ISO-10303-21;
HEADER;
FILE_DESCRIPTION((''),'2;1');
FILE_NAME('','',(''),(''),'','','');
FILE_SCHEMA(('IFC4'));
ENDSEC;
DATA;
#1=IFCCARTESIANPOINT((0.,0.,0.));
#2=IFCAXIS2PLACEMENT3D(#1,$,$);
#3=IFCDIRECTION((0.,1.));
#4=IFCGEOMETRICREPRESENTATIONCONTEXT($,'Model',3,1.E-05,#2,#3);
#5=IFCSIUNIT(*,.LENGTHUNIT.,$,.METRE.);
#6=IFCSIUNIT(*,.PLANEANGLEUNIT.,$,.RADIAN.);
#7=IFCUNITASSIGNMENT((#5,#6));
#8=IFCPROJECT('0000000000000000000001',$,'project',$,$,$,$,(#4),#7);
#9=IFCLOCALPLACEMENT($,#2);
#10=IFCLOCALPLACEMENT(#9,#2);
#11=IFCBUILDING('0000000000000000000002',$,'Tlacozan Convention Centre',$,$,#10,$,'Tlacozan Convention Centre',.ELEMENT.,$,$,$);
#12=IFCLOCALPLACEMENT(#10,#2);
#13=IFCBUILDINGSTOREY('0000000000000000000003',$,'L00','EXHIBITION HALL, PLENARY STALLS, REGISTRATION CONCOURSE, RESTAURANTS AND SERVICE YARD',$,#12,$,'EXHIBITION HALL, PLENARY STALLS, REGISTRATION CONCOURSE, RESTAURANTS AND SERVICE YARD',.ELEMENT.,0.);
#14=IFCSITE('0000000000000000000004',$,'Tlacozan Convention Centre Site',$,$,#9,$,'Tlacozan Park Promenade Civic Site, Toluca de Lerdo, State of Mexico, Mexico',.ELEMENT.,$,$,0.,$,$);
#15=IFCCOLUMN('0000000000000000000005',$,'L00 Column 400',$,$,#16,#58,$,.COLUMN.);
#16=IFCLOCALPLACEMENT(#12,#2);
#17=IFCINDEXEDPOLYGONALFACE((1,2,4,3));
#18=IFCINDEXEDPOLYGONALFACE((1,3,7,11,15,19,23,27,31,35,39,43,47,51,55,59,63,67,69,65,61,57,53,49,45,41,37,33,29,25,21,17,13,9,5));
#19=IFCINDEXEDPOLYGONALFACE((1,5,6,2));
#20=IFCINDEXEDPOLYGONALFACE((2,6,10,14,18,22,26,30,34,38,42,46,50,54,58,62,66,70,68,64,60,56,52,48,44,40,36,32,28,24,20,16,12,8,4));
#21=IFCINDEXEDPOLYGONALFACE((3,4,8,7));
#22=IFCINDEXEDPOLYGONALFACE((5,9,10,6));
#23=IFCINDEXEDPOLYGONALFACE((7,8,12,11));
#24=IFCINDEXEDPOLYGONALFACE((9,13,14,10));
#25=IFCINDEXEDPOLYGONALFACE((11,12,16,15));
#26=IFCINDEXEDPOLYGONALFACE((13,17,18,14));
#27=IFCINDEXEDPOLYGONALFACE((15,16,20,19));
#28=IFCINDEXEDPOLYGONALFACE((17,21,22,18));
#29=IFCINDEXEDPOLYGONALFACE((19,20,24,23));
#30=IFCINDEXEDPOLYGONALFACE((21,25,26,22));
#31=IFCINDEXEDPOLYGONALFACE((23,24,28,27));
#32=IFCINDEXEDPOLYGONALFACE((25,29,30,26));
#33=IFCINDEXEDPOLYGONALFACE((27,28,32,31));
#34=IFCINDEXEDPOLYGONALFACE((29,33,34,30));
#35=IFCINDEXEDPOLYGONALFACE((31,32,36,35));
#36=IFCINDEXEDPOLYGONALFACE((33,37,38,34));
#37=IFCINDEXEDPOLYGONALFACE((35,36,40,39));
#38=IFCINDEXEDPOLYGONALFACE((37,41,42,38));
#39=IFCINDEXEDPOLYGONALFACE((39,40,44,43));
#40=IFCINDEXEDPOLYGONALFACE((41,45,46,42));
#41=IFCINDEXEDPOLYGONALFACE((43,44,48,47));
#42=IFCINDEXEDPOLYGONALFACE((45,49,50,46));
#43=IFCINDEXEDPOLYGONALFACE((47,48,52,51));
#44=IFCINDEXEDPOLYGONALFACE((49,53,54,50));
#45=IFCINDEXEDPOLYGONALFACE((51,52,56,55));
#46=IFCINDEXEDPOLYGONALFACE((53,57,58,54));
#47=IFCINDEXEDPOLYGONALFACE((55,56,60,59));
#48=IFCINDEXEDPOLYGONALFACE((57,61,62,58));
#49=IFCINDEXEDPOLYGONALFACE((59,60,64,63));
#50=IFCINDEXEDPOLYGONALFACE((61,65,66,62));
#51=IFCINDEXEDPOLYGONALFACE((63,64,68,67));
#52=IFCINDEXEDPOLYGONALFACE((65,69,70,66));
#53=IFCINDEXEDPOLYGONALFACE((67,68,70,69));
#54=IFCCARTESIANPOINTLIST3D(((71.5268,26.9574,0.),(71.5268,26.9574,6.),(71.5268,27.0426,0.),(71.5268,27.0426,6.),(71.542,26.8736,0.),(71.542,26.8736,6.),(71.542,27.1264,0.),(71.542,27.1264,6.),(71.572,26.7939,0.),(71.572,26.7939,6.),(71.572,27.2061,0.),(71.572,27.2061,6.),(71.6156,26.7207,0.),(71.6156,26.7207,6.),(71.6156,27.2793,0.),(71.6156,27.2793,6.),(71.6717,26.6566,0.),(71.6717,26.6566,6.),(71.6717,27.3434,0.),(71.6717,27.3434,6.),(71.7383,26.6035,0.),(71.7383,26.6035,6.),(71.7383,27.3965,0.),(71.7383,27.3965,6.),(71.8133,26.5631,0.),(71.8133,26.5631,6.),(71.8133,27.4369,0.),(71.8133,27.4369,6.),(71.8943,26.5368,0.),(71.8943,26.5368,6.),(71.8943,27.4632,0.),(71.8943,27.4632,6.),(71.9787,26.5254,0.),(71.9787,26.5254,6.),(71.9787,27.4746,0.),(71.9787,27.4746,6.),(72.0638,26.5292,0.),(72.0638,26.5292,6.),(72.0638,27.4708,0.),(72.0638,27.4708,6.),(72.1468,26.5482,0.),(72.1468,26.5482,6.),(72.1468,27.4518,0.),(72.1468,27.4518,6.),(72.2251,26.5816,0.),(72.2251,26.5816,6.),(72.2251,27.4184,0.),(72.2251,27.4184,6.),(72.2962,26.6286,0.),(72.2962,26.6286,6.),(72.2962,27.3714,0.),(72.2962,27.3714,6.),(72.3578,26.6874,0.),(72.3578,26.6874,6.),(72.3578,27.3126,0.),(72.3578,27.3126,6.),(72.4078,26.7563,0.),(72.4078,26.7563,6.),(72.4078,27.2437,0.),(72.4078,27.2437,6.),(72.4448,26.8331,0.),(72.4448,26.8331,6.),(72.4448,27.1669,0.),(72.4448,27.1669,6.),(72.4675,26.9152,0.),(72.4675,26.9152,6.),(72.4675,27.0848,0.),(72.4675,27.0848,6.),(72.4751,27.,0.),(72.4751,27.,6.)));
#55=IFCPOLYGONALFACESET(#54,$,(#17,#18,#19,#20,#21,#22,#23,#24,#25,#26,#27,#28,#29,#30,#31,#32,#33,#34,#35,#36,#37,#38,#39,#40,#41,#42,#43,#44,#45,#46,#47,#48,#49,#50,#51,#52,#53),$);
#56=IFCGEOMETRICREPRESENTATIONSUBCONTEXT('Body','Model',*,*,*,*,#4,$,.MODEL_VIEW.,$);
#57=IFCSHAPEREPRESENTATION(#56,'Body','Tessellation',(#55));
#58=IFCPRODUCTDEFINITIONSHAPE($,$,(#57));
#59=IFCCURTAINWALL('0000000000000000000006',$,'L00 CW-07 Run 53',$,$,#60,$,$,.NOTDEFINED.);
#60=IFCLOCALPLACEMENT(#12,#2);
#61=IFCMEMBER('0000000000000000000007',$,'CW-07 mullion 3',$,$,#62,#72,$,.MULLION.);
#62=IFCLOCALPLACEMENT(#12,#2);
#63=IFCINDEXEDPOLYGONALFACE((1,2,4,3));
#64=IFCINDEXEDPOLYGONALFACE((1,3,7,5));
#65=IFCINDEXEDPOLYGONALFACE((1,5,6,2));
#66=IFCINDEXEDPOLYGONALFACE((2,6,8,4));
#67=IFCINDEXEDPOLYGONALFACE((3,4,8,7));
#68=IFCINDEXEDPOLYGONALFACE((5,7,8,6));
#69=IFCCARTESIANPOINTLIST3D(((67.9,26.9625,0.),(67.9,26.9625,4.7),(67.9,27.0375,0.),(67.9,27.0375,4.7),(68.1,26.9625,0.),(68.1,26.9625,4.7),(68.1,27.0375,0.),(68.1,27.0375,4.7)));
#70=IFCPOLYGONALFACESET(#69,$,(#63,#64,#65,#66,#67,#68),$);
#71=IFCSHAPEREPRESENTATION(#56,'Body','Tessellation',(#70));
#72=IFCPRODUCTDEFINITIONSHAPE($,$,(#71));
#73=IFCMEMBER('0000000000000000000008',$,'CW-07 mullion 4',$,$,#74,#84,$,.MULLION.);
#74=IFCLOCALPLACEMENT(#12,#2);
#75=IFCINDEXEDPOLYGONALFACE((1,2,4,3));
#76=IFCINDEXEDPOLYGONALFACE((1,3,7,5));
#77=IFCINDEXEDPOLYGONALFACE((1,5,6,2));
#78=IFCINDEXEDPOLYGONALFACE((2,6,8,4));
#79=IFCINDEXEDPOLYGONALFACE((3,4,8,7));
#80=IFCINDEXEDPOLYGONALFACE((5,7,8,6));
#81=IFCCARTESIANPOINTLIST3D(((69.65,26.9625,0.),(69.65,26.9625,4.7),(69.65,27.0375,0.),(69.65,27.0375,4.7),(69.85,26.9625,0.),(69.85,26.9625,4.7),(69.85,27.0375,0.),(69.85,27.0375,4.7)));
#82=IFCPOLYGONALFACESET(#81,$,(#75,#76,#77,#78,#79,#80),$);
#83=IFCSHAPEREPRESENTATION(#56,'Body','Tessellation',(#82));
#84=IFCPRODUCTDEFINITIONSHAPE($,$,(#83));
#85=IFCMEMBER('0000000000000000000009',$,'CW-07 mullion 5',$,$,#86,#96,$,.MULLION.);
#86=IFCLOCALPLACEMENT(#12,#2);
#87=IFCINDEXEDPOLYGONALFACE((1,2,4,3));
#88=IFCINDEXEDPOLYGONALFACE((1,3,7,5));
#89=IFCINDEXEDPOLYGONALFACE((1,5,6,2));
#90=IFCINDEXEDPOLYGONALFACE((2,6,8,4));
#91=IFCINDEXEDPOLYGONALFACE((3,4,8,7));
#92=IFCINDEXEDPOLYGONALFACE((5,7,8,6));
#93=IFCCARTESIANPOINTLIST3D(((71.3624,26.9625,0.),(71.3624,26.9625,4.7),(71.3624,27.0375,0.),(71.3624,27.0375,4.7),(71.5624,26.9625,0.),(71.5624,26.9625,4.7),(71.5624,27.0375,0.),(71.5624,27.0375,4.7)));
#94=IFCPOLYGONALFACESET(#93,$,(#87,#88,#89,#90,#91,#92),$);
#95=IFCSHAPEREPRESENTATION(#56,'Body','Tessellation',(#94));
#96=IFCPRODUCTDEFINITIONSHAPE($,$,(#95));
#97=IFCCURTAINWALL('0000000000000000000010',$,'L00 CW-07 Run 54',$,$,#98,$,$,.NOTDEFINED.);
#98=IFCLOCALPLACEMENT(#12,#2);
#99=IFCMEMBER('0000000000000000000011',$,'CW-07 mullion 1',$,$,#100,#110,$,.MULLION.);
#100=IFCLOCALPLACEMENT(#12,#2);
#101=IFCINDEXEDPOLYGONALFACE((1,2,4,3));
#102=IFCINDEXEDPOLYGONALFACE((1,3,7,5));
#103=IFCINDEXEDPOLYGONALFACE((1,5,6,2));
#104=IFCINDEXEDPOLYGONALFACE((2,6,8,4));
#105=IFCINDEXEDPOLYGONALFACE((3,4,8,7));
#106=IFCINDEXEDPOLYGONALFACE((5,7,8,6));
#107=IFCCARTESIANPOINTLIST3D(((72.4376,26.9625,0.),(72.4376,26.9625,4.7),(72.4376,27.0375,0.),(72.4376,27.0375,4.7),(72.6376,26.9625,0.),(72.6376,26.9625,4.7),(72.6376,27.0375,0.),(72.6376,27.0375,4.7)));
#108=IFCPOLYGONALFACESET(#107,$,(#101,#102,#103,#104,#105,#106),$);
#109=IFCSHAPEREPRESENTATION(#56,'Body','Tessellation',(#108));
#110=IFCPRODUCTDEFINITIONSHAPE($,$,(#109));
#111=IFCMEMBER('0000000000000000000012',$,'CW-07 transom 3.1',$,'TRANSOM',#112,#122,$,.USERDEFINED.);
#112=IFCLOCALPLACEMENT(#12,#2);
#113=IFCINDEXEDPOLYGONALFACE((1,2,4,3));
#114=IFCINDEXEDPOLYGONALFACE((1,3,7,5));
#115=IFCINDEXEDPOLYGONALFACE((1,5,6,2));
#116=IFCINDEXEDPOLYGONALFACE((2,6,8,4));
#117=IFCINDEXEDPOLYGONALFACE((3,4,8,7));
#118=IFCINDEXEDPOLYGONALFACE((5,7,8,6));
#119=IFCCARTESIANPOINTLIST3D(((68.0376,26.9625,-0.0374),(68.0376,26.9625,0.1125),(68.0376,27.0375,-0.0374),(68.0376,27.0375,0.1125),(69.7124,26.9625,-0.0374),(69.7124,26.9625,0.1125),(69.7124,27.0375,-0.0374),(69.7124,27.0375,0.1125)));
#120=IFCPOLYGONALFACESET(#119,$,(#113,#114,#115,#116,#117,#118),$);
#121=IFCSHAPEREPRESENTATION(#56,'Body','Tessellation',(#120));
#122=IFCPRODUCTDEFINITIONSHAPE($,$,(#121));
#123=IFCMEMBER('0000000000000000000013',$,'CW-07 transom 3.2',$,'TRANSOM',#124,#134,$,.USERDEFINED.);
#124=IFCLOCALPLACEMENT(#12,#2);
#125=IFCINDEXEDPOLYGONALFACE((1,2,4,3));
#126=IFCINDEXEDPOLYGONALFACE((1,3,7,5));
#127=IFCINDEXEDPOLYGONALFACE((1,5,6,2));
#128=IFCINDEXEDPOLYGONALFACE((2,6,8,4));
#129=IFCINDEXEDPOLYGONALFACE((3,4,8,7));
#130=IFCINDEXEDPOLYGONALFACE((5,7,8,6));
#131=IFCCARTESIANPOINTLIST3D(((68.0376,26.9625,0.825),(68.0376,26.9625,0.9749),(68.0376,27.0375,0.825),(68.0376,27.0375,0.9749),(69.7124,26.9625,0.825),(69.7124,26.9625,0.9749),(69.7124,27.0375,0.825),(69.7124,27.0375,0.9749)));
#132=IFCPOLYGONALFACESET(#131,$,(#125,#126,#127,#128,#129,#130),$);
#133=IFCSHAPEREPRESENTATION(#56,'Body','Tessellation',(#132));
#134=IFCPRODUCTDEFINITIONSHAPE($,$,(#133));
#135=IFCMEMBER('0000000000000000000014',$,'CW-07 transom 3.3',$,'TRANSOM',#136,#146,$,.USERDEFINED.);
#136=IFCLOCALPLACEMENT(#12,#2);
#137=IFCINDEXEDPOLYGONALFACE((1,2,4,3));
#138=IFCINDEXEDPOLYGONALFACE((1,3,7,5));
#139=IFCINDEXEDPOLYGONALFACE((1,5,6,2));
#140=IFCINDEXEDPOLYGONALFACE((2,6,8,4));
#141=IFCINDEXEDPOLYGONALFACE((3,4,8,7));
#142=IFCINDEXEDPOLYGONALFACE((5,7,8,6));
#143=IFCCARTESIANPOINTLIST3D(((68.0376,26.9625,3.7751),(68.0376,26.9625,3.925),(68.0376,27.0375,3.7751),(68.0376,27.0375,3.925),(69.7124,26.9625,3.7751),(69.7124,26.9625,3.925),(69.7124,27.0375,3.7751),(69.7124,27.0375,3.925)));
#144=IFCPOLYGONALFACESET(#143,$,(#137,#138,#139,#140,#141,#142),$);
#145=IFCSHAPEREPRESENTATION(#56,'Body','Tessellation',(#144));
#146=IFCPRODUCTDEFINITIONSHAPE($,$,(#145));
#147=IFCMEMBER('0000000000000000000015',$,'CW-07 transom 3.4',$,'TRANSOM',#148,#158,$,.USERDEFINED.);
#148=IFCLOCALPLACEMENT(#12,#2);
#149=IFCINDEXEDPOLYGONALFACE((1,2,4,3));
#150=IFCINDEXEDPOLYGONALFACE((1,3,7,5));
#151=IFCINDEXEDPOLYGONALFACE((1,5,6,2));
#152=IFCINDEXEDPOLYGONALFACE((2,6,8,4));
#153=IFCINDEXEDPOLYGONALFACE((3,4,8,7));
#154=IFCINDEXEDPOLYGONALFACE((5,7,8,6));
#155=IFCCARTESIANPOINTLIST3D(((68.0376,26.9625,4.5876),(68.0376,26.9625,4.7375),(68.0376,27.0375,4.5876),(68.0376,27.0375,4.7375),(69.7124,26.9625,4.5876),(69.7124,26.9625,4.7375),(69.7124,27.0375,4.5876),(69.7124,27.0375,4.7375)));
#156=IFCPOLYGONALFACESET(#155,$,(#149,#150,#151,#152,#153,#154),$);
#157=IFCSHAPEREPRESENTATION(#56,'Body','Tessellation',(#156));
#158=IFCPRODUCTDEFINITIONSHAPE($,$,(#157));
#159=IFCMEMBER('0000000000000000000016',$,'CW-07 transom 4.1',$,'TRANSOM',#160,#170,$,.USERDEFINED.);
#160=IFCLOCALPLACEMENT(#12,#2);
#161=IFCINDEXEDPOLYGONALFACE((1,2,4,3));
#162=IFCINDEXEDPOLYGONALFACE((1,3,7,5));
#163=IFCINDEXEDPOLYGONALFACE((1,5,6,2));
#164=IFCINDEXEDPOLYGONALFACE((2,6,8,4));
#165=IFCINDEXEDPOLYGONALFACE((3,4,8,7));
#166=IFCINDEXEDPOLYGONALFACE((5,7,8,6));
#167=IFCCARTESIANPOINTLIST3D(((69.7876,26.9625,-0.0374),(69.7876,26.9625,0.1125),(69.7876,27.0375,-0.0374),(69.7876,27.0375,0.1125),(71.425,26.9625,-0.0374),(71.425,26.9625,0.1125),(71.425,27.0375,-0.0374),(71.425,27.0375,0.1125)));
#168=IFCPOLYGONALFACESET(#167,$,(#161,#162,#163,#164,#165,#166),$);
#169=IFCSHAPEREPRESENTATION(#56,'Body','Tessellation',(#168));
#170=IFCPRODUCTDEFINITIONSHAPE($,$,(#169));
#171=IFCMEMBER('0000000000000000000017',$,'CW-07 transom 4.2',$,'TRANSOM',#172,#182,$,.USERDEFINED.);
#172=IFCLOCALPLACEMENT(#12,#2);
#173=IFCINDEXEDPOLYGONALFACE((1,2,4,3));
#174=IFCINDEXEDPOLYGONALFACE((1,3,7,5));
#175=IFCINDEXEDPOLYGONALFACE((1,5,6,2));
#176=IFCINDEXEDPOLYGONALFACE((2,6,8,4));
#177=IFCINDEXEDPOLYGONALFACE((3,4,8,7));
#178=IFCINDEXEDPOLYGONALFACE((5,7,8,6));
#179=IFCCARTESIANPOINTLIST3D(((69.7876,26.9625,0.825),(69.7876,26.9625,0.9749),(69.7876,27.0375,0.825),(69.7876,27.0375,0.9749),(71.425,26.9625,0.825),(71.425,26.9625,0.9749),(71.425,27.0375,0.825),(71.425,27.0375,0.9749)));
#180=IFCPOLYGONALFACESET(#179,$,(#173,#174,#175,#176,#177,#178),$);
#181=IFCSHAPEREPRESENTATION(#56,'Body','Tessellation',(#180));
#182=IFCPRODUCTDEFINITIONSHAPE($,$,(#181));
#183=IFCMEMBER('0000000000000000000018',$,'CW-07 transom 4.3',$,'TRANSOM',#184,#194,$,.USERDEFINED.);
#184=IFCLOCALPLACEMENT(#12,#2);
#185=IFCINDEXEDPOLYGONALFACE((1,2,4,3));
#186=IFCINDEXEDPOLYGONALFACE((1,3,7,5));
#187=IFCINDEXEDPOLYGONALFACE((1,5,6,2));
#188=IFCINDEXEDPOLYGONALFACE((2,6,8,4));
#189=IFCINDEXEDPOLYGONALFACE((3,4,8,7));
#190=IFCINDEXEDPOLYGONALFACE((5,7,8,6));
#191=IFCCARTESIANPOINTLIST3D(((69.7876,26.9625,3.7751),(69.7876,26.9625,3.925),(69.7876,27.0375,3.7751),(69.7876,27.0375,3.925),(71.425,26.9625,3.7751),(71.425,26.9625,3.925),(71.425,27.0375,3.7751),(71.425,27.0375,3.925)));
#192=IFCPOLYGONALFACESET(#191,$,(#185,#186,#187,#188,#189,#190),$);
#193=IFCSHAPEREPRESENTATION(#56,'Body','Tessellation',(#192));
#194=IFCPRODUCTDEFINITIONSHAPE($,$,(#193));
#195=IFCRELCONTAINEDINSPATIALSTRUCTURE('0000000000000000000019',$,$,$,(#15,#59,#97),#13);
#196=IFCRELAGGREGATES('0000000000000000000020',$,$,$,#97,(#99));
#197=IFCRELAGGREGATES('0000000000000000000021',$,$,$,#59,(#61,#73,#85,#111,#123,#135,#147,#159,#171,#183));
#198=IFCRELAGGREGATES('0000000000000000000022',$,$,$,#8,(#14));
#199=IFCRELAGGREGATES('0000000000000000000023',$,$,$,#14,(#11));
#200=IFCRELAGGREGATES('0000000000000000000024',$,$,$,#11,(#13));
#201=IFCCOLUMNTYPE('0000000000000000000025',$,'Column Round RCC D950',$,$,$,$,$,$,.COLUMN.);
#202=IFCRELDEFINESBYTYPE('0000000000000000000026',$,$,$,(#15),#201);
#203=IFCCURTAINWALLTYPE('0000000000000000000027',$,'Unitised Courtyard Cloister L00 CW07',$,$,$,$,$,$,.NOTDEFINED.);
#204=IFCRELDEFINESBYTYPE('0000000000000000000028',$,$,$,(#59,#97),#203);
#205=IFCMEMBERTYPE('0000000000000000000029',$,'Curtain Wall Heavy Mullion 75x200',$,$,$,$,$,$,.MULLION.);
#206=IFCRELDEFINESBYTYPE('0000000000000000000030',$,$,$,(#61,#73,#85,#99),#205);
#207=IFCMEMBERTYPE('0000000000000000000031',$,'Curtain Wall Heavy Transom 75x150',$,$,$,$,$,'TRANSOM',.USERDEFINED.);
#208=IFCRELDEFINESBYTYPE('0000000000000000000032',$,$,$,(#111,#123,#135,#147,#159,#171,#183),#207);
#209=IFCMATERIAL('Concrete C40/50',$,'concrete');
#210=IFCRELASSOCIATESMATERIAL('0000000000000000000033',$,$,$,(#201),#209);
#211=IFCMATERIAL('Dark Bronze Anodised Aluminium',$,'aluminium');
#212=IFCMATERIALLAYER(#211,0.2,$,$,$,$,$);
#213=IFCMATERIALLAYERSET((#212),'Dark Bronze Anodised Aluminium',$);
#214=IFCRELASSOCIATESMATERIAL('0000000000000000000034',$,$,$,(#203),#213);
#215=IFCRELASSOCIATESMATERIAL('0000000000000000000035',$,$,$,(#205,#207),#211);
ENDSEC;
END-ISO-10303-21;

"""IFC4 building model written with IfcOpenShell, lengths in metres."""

from ifc_helpers import new_model, si_unit, direction, frame, origin, origin_2d, place, context, subcontext, project, spatial, rectangle, circle, extrude, material, layer, layer_set, material_profile, profile_set, type_object, element, aggregate, save


model = new_model("IFC4")

# Units and contexts
model_context = context("Model", 3, precision=1e-05, world=origin(), true_north=direction((0.0, 1.0)))
body_context = subcontext(model_context, "Body", "Model", "MODEL_VIEW")
ifc_project = project(units=[si_unit("LENGTHUNIT", "METRE"), si_unit("PLANEANGLEUNIT", "RADIAN")], contexts=[model_context])

# Site, building, storey
site_placement = place(None, origin())
site = spatial("IfcSite", under=ifc_project, at=site_placement, Name="Tlacozan Convention Centre Site", LongName="Tlacozan Park Promenade Civic Site, Toluca de Lerdo, State of Mexico, Mexico", CompositionType="ELEMENT", RefElevation=0.0)
building_placement = place(site_placement, origin())
building = spatial("IfcBuilding", under=site, at=building_placement, Name="Tlacozan Convention Centre", LongName="Tlacozan Convention Centre", CompositionType="ELEMENT")
storey_placement = place(building_placement, origin())
storey = spatial("IfcBuildingStorey", under=building, at=storey_placement, Name="L00", Description="EXHIBITION HALL, PLENARY STALLS, REGISTRATION CONCOURSE, RESTAURANTS AND SERVICE YARD", LongName="EXHIBITION HALL, PLENARY STALLS, REGISTRATION CONCOURSE, RESTAURANTS AND SERVICE YARD", CompositionType="ELEMENT", Elevation=0.0)

# Column
ifc_material_1 = material(Name="Concrete C40/50", Category="concrete")
ifc_material_profile_1 = material_profile(ifc_material_1, circle(Radius=0.4751, at=origin_2d()), Name="RCC D950")
ifc_profile_set_1 = profile_set([ifc_material_profile_1], Name="Concrete C40/50")
column_type = type_object("IfcColumnType", Name="Column Round RCC D950", PredefinedType="COLUMN", material=ifc_profile_set_1)
column_placement = place(storey_placement, frame((72.0, 27.0, 0.0), z_axis=(0.0, 0.0, 1.0), x_axis=(1.0, 0.0, 0.0)))
element("IfcColumn", 1, at=column_placement, inside=storey, type_object=column_type, Name="L00 Column 400", PredefinedType="COLUMN", context=body_context, shape_type="SweptSolid", body=[
    extrude(circle(Radius=0.4751, at=origin_2d()), origin(), (0.0, 0.0, 1.0), 6.0),
])

# Curtain wall, members
ifc_material_2 = material(Name="Dark Bronze Anodised Aluminium", Category="aluminium")
ifc_layer_1 = layer(ifc_material_2, 0.2)
ifc_layer_set_1 = layer_set([ifc_layer_1], Name="Dark Bronze Anodised Aluminium")
curtain_wall_type = type_object("IfcCurtainWallType", Name="Unitised Courtyard Cloister L00 CW07", PredefinedType="NOTDEFINED", material=ifc_layer_set_1)
curtain_wall_1_placement = place(storey_placement, origin())
curtain_wall_1 = element("IfcCurtainWall", 2, at=curtain_wall_1_placement, inside=storey, type_object=curtain_wall_type, Name="L00 CW-07 Run 53", PredefinedType="NOTDEFINED")
ifc_material_profile_2 = material_profile(ifc_material_2, rectangle(XDim=0.075, YDim=0.2, at=origin_2d()), Name="ALU 75x200")
ifc_profile_set_2 = profile_set([ifc_material_profile_2], Name="Dark Bronze Anodised Aluminium")
member_type_1 = type_object("IfcMemberType", Name="Curtain Wall Heavy Mullion 75x200", PredefinedType="MULLION", material=ifc_profile_set_2)
member_1_placement = place(storey_placement, frame((68.0, 27.0, 0.0), z_axis=(0.0, 0.0, 1.0), x_axis=(0.0, 1.0, 0.0)))
member_1 = element("IfcMember", 3, at=member_1_placement, type_object=member_type_1, Name="CW-07 mullion 3", PredefinedType="MULLION", context=body_context, shape_type="SweptSolid", body=[
    extrude(rectangle(XDim=0.075, YDim=0.2, at=origin_2d()), origin(), (0.0, 0.0, 1.0), 4.7),
])
member_2_placement = place(storey_placement, frame((69.75, 27.0, 0.0), z_axis=(0.0, 0.0, 1.0), x_axis=(0.0, 1.0, 0.0)))
member_2 = element("IfcMember", 4, at=member_2_placement, type_object=member_type_1, Name="CW-07 mullion 4", PredefinedType="MULLION", context=body_context, shape_type="SweptSolid", body=[
    extrude(rectangle(XDim=0.075, YDim=0.2, at=origin_2d()), origin(), (0.0, 0.0, 1.0), 4.7),
])
member_3_placement = place(storey_placement, frame((71.4624, 27.0, 0.0), z_axis=(0.0, 0.0, 1.0), x_axis=(0.0, 1.0, 0.0)))
member_3 = element("IfcMember", 5, at=member_3_placement, type_object=member_type_1, Name="CW-07 mullion 5", PredefinedType="MULLION", context=body_context, shape_type="SweptSolid", body=[
    extrude(rectangle(XDim=0.075, YDim=0.2, at=origin_2d()), origin(), (0.0, 0.0, 1.0), 4.7),
])

# Curtain wall, member
curtain_wall_2_placement = place(storey_placement, origin())
curtain_wall_2 = element("IfcCurtainWall", 6, at=curtain_wall_2_placement, inside=storey, type_object=curtain_wall_type, Name="L00 CW-07 Run 54", PredefinedType="NOTDEFINED")
member_4_placement = place(storey_placement, frame((72.5376, 27.0, 0.0), z_axis=(0.0, 0.0, 1.0), x_axis=(0.0, 1.0, 0.0)))
member_4 = element("IfcMember", 7, at=member_4_placement, type_object=member_type_1, Name="CW-07 mullion 1", PredefinedType="MULLION", context=body_context, shape_type="SweptSolid", body=[
    extrude(rectangle(XDim=0.075, YDim=0.2, at=origin_2d()), origin(), (0.0, 0.0, 1.0), 4.7),
])
aggregate(curtain_wall_2, [member_4])

# Members
ifc_material_profile_3 = material_profile(ifc_material_2, rectangle(XDim=0.075, YDim=0.1499, at=origin_2d()), Name="ALU 75x150")
ifc_profile_set_3 = profile_set([ifc_material_profile_3], Name="Dark Bronze Anodised Aluminium")
member_type_2 = type_object("IfcMemberType", Name="Curtain Wall Heavy Transom 75x150", ElementType="TRANSOM", PredefinedType="USERDEFINED", material=ifc_profile_set_3)
member_5_placement = place(storey_placement, frame((68.0376, 27.0, 0.0376), z_axis=(1.0, 0.0, 0.0), x_axis=(0.0, 1.0, 0.0)))
member_5 = element("IfcMember", 8, at=member_5_placement, type_object=member_type_2, Name="CW-07 transom 3.1", ObjectType="TRANSOM", PredefinedType="USERDEFINED", context=body_context, shape_type="SweptSolid", body=[
    extrude(rectangle(XDim=0.075, YDim=0.1499, at=origin_2d()), origin(), (0.0, 0.0, 1.0), 1.6748),
])
member_6_placement = place(storey_placement, frame((68.0376, 27.0, 0.8999), z_axis=(1.0, 0.0, 0.0), x_axis=(0.0, 1.0, 0.0)))
member_6 = element("IfcMember", 9, at=member_6_placement, type_object=member_type_2, Name="CW-07 transom 3.2", ObjectType="TRANSOM", PredefinedType="USERDEFINED", context=body_context, shape_type="SweptSolid", body=[
    extrude(rectangle(XDim=0.075, YDim=0.1499, at=origin_2d()), origin(), (0.0, 0.0, 1.0), 1.6748),
])
member_7_placement = place(storey_placement, frame((68.0376, 27.0, 3.8501), z_axis=(1.0, 0.0, 0.0), x_axis=(0.0, 1.0, 0.0)))
member_7 = element("IfcMember", 10, at=member_7_placement, type_object=member_type_2, Name="CW-07 transom 3.3", ObjectType="TRANSOM", PredefinedType="USERDEFINED", context=body_context, shape_type="SweptSolid", body=[
    extrude(rectangle(XDim=0.075, YDim=0.1499, at=origin_2d()), origin(), (0.0, 0.0, 1.0), 1.6748),
])
member_8_placement = place(storey_placement, frame((68.0376, 27.0, 4.6626), z_axis=(1.0, 0.0, 0.0), x_axis=(0.0, 1.0, 0.0)))
member_8 = element("IfcMember", 11, at=member_8_placement, type_object=member_type_2, Name="CW-07 transom 3.4", ObjectType="TRANSOM", PredefinedType="USERDEFINED", context=body_context, shape_type="SweptSolid", body=[
    extrude(rectangle(XDim=0.075, YDim=0.1499, at=origin_2d()), origin(), (0.0, 0.0, 1.0), 1.6748),
])
member_9_placement = place(storey_placement, frame((69.7876, 27.0, 0.0376), z_axis=(1.0, 0.0, 0.0), x_axis=(0.0, 1.0, 0.0)))
member_9 = element("IfcMember", 12, at=member_9_placement, type_object=member_type_2, Name="CW-07 transom 4.1", ObjectType="TRANSOM", PredefinedType="USERDEFINED", context=body_context, shape_type="SweptSolid", body=[
    extrude(rectangle(XDim=0.075, YDim=0.1499, at=origin_2d()), origin(), (0.0, 0.0, 1.0), 1.6375),
])
member_10_placement = place(storey_placement, frame((69.7876, 27.0, 0.8999), z_axis=(1.0, 0.0, 0.0), x_axis=(0.0, 1.0, 0.0)))
member_10 = element("IfcMember", 13, at=member_10_placement, type_object=member_type_2, Name="CW-07 transom 4.2", ObjectType="TRANSOM", PredefinedType="USERDEFINED", context=body_context, shape_type="SweptSolid", body=[
    extrude(rectangle(XDim=0.075, YDim=0.1499, at=origin_2d()), origin(), (0.0, 0.0, 1.0), 1.6375),
])
member_11_placement = place(storey_placement, frame((69.7876, 27.0, 3.8501), z_axis=(1.0, 0.0, 0.0), x_axis=(0.0, 1.0, 0.0)))
member_11 = element("IfcMember", 14, at=member_11_placement, type_object=member_type_2, Name="CW-07 transom 4.3", ObjectType="TRANSOM", PredefinedType="USERDEFINED", context=body_context, shape_type="SweptSolid", body=[
    extrude(rectangle(XDim=0.075, YDim=0.1499, at=origin_2d()), origin(), (0.0, 0.0, 1.0), 1.6375),
])

aggregate(curtain_wall_1, [member_1, member_2, member_3, member_5, member_6, member_7, member_8, member_9, member_10, member_11])

save(model, "model.ifc")
